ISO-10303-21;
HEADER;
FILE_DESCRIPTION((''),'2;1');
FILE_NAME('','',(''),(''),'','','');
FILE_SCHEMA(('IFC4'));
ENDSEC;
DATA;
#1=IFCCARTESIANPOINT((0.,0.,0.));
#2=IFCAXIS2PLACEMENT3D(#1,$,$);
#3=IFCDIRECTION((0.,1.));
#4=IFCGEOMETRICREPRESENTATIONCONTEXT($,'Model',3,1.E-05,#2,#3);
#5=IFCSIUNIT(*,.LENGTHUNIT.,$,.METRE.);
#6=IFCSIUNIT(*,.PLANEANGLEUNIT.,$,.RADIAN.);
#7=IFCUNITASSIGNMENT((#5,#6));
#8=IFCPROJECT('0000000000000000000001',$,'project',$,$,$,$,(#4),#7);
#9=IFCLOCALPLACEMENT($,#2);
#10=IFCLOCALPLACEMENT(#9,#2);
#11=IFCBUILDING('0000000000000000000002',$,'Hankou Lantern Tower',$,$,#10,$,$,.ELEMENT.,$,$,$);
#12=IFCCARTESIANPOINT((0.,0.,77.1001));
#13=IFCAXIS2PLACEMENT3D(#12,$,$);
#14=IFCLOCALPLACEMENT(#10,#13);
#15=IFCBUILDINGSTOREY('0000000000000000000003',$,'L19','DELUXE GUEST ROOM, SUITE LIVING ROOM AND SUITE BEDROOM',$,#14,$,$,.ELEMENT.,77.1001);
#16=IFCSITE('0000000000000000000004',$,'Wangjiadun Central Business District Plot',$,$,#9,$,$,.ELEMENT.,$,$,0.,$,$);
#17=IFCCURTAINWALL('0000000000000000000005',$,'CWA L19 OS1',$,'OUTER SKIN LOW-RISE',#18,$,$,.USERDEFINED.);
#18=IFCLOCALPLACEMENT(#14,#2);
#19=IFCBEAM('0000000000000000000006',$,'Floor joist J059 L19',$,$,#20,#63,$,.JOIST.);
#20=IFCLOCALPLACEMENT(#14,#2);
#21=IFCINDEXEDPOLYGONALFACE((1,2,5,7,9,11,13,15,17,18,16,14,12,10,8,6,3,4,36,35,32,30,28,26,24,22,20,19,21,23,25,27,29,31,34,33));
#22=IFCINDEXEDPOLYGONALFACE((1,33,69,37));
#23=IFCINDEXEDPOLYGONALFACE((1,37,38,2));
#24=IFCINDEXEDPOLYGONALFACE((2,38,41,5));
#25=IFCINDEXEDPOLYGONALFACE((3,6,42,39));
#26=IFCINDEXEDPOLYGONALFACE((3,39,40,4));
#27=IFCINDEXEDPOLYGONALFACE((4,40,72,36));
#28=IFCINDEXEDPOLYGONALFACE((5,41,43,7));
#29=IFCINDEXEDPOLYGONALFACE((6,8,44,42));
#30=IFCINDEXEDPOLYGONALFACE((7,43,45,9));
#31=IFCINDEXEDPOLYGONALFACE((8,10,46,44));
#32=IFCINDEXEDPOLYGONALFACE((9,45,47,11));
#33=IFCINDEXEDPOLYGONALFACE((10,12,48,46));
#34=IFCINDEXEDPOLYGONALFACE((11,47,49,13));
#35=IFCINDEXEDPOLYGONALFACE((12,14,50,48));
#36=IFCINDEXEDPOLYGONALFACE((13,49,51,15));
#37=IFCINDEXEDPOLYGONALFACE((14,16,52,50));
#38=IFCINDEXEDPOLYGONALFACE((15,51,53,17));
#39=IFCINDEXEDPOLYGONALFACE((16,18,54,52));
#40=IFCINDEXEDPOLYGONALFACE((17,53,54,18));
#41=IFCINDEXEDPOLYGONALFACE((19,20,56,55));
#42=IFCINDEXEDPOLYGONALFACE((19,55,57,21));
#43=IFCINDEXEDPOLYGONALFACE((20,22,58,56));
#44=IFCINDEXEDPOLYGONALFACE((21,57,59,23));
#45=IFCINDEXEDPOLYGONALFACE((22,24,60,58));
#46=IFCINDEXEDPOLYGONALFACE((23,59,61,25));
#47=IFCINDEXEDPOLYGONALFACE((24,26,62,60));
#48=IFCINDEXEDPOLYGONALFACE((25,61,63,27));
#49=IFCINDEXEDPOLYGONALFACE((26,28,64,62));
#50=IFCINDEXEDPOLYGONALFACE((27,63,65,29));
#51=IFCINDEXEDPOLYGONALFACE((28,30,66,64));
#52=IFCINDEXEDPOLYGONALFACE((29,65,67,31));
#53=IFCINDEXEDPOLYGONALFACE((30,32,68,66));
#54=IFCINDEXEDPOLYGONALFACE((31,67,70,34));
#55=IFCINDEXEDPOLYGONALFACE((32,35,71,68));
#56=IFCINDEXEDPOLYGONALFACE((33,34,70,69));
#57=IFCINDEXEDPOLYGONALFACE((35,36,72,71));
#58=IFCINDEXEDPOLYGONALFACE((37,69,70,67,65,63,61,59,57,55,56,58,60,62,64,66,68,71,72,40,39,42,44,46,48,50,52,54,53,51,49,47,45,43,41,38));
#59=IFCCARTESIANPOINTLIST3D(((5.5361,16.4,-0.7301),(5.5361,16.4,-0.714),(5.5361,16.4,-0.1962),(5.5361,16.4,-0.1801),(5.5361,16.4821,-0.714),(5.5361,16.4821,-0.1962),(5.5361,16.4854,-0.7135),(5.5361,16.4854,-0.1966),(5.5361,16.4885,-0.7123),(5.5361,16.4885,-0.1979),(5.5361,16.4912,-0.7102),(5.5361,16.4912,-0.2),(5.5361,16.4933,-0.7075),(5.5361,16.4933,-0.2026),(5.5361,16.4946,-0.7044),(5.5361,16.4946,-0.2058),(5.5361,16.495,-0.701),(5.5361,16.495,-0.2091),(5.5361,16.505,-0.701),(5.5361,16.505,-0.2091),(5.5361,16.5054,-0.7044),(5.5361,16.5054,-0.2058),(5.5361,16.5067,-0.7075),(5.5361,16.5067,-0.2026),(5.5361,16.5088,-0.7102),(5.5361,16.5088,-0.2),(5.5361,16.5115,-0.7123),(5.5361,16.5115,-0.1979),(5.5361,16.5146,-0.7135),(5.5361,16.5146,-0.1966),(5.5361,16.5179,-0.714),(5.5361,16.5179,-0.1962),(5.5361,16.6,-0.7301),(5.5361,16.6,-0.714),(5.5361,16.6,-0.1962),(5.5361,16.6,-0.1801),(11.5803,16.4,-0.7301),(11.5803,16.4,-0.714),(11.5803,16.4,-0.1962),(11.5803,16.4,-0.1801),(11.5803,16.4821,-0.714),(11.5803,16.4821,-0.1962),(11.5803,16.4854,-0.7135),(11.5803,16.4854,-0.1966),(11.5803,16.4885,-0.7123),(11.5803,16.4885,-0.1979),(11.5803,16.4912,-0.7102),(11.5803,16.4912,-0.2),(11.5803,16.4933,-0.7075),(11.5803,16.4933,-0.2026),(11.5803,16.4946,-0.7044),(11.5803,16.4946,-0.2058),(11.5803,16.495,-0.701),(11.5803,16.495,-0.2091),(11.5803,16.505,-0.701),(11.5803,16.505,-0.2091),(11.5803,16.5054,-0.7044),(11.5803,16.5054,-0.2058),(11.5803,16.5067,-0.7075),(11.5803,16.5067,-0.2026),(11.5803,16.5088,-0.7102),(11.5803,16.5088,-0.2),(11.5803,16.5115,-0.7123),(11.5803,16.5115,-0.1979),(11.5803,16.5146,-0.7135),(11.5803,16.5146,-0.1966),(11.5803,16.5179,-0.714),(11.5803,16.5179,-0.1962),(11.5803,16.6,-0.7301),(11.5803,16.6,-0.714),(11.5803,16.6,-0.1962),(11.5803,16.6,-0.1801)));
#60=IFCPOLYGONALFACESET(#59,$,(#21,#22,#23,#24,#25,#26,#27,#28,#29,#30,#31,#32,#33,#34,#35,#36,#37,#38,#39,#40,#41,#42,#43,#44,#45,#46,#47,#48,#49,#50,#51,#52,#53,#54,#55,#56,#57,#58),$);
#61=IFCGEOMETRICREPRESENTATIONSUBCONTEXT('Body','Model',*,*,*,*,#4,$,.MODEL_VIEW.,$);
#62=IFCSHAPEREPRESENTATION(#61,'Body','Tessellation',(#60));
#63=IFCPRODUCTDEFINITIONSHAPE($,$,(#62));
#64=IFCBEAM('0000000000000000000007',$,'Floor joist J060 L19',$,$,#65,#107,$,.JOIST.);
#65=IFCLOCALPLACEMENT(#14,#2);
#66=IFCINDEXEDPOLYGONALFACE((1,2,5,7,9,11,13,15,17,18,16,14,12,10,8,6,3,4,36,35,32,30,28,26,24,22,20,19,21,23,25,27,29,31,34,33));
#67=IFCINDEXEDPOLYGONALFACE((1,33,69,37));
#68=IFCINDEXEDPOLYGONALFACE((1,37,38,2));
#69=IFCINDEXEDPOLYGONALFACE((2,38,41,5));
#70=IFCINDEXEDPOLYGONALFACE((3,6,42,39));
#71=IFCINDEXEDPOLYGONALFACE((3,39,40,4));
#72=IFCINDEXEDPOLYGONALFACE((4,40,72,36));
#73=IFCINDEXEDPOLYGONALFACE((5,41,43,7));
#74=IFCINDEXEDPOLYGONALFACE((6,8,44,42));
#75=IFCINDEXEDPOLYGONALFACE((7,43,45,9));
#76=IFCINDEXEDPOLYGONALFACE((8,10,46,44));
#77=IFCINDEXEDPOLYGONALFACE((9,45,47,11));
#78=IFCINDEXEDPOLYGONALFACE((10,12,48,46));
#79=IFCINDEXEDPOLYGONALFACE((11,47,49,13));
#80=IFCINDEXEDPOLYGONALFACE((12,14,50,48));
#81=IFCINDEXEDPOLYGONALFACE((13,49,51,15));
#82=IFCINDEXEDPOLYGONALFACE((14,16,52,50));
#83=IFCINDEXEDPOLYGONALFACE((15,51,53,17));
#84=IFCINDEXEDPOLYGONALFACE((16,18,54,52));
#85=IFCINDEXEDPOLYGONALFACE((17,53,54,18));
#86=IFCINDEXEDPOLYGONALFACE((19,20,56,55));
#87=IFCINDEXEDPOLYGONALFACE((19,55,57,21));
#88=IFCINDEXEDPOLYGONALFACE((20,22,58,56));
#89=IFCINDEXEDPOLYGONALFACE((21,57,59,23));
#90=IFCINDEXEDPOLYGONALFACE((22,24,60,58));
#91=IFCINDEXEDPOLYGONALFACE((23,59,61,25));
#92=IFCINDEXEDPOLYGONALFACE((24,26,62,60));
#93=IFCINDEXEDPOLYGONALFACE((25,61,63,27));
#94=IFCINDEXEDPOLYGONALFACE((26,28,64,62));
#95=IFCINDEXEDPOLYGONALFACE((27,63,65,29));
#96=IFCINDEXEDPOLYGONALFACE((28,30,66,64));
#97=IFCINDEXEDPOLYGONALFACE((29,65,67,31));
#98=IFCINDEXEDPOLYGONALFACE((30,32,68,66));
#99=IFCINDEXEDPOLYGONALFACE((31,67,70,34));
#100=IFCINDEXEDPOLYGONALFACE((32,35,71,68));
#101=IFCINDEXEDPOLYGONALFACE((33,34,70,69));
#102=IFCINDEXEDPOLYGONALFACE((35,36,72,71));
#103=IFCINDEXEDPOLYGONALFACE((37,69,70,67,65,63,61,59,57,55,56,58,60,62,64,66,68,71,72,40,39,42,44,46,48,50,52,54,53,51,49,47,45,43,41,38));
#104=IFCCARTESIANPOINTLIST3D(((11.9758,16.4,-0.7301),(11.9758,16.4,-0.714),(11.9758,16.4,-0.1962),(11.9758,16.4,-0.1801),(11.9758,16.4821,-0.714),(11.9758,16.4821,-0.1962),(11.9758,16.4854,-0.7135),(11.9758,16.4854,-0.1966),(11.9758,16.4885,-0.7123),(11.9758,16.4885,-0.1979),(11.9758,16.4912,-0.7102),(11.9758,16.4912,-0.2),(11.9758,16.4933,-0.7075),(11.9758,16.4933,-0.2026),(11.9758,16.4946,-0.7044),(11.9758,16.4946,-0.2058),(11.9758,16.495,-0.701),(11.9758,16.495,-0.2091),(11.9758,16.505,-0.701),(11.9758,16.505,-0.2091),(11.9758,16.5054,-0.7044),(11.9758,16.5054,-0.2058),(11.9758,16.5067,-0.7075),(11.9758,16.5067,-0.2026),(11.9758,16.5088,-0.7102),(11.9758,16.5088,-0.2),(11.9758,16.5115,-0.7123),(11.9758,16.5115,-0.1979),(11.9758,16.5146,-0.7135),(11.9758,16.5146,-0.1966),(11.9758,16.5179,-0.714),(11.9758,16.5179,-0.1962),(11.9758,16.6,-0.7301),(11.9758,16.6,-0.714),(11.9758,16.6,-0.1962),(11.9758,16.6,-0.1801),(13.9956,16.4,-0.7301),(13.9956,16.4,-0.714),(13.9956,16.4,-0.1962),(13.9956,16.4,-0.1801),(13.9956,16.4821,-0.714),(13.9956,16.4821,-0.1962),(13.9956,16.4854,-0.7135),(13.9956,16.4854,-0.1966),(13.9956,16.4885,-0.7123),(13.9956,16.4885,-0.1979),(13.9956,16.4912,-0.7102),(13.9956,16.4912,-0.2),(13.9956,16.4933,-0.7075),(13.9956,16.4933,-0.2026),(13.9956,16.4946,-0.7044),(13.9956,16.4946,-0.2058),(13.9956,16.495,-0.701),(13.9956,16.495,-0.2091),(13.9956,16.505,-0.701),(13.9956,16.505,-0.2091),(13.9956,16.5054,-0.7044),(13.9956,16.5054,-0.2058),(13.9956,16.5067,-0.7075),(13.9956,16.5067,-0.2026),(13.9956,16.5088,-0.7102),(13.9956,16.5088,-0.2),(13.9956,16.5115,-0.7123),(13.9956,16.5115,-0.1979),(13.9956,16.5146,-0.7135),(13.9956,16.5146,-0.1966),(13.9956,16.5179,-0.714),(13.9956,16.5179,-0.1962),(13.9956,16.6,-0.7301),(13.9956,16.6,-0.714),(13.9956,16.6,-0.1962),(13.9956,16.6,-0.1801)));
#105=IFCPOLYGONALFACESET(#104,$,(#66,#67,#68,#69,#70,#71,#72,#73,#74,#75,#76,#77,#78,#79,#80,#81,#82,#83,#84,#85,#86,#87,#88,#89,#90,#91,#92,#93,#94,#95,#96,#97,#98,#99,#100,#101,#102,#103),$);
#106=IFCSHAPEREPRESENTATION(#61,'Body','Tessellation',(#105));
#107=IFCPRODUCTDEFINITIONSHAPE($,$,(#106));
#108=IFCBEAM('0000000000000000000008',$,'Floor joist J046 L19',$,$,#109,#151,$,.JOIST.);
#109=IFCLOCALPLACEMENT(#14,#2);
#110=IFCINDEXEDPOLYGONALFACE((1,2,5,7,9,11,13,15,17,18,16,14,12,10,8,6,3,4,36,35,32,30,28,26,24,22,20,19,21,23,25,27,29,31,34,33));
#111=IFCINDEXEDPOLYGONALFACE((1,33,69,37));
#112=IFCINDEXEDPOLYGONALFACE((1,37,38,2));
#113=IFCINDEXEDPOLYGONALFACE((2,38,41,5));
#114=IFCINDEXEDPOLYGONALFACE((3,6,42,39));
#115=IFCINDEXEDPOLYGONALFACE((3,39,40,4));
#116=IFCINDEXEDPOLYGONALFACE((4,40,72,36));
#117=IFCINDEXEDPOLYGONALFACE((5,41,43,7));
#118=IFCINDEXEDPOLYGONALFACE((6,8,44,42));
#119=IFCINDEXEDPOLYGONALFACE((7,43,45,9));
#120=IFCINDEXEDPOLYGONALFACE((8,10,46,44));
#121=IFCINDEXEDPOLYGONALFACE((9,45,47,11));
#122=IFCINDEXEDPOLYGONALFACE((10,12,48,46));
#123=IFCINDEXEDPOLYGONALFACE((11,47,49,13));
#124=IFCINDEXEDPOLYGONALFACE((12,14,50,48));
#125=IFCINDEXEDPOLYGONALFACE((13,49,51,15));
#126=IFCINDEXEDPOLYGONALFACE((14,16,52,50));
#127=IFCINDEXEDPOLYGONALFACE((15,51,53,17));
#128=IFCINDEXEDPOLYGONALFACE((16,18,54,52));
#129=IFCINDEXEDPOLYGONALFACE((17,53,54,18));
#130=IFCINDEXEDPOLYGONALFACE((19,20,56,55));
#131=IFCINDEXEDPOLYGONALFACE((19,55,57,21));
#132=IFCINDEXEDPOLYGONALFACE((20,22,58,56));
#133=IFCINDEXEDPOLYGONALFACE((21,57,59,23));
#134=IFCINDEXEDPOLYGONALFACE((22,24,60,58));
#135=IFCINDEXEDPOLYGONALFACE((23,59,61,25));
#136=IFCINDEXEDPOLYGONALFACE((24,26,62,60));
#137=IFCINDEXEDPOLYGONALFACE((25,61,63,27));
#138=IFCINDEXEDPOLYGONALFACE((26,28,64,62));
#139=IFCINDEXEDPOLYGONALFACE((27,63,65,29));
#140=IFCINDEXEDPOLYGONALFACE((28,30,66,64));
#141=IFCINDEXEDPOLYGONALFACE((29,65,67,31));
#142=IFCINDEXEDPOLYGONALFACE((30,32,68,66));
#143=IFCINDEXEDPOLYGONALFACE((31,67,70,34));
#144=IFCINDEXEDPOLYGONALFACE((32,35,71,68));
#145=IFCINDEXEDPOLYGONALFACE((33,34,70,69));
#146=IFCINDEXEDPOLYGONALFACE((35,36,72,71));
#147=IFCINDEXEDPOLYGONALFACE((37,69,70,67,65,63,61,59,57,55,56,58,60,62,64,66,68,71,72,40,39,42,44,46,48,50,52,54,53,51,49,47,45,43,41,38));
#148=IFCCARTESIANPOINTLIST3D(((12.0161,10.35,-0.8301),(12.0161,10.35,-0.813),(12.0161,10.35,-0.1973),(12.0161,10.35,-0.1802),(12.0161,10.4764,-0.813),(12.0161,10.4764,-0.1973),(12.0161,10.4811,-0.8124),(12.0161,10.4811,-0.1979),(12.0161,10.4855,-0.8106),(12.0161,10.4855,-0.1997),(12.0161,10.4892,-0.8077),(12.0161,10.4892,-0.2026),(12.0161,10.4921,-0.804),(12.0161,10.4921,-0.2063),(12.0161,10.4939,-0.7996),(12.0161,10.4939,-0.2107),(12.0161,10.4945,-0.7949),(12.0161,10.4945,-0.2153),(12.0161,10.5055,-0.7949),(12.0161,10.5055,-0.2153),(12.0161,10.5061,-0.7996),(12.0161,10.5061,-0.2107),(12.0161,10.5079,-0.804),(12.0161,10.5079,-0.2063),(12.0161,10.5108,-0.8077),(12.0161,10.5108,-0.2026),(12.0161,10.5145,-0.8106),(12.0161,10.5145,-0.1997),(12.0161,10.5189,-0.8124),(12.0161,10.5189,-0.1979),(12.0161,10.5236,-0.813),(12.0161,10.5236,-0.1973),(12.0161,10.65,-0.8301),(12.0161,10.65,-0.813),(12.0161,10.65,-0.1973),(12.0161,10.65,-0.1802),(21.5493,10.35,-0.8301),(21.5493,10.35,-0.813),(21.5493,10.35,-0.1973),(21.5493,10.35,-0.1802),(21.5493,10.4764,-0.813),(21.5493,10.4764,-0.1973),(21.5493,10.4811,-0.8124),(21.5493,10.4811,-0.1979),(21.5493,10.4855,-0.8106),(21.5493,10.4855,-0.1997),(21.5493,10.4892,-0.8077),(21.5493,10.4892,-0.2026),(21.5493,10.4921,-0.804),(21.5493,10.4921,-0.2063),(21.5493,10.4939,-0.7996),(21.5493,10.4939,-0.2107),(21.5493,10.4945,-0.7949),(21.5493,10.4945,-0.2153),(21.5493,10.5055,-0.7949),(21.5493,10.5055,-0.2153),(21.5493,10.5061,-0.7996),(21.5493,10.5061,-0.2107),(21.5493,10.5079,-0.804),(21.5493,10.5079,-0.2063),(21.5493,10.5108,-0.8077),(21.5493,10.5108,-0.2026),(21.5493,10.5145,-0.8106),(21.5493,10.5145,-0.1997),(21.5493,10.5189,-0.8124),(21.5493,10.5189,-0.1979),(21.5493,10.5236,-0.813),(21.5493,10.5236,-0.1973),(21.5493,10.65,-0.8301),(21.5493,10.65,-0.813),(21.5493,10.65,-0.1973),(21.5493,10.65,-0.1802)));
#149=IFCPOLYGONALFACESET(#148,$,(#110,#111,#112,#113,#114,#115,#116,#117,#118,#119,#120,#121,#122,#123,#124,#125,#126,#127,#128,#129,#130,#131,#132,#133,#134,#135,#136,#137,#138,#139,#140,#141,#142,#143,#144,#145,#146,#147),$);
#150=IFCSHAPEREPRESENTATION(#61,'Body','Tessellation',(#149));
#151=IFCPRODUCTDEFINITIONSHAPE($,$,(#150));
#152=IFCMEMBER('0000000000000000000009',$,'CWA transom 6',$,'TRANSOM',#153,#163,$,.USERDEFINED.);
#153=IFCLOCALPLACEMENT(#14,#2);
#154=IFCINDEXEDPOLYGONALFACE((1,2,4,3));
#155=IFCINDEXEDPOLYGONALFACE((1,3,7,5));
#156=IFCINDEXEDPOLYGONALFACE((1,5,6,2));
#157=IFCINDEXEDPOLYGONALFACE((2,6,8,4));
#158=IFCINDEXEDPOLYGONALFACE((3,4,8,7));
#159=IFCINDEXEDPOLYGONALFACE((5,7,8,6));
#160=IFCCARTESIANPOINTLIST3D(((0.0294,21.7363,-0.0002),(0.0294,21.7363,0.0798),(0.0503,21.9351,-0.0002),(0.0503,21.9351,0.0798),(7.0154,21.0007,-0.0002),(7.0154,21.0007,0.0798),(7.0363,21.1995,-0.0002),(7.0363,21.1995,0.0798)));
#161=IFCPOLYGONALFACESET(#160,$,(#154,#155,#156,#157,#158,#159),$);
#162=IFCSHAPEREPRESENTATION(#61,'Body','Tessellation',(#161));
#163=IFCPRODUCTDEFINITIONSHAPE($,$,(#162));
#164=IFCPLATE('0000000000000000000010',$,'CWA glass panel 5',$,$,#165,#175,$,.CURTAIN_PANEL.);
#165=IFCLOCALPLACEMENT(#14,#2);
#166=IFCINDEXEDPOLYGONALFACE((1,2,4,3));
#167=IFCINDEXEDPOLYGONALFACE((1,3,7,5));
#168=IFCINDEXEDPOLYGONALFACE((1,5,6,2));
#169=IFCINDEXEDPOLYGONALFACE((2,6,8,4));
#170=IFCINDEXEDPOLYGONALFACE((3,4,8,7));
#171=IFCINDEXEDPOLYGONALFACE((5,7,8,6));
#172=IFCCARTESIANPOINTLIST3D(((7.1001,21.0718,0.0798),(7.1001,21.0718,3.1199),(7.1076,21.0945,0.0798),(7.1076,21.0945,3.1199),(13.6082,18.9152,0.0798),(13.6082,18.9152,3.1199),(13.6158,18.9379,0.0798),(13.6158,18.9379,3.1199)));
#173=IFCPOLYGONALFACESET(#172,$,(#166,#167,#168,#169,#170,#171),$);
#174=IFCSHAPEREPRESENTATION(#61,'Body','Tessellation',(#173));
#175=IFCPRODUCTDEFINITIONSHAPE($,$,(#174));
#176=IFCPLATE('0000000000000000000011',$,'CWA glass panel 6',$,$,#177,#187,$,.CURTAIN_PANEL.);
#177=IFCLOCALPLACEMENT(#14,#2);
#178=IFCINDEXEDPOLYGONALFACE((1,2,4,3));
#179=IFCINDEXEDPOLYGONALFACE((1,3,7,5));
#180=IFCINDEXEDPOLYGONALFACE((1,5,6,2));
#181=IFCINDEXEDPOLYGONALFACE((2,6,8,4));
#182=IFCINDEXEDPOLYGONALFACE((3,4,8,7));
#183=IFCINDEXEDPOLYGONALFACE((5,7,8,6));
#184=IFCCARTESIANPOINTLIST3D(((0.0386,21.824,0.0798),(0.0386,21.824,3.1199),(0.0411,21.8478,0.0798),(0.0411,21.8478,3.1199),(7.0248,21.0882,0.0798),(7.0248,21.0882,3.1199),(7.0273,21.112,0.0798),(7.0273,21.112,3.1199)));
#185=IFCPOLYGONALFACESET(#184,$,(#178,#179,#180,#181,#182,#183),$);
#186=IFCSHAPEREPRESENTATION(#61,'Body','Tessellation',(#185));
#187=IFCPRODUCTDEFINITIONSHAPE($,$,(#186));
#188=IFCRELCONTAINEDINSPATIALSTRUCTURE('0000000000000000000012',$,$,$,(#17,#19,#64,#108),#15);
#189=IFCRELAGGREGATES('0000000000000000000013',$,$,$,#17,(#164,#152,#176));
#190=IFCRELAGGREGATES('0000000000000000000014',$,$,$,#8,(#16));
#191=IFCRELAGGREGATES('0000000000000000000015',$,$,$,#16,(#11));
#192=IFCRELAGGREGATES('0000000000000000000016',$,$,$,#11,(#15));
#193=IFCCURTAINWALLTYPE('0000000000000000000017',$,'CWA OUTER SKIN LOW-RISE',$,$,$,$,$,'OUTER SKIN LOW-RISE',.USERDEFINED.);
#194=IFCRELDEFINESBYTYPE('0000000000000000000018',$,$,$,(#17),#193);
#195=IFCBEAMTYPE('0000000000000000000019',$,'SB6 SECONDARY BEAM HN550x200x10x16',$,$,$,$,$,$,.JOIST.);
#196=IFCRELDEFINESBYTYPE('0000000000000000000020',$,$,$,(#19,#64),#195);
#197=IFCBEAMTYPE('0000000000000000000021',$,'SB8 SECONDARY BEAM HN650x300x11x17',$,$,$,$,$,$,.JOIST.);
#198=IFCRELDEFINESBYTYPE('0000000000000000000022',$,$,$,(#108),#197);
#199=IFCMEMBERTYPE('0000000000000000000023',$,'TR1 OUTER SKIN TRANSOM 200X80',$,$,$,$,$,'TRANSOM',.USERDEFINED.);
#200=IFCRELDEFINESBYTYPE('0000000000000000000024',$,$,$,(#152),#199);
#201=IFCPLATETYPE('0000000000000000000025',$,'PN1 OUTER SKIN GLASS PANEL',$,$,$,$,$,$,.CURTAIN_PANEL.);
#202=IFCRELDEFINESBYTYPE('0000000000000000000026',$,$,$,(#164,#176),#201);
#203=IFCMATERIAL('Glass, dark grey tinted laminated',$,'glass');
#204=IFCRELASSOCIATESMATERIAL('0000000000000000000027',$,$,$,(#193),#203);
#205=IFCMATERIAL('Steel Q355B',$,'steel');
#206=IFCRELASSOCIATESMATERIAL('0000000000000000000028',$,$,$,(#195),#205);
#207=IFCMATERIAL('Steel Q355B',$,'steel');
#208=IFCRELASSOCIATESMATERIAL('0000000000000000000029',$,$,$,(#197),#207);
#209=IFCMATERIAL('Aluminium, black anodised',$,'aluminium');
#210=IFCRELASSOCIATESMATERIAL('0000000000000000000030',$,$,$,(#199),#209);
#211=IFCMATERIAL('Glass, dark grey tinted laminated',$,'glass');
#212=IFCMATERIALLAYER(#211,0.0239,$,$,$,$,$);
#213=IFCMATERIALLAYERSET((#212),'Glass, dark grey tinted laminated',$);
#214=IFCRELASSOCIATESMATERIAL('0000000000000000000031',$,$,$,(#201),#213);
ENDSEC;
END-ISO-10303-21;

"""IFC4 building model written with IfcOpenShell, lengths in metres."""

from ifc_helpers import new_model, si_unit, direction, frame, origin, origin_2d, place, context, subcontext, project, spatial, rectangle, i_section, extrude, material, layer, layer_set, material_profile, profile_set, type_object, element, aggregate, save


model = new_model("IFC4")

# Units and contexts
model_context = context("Model", 3, precision=1e-05, world=origin(), true_north=direction((0.0, 1.0)))
body_context = subcontext(model_context, "Body", "Model", "MODEL_VIEW")
ifc_project = project(units=[si_unit("LENGTHUNIT", "METRE"), si_unit("PLANEANGLEUNIT", "RADIAN")], contexts=[model_context])

# Site, building, storey
site_placement = place(None, origin())
site = spatial("IfcSite", under=ifc_project, at=site_placement, Name="Wangjiadun Central Business District Plot", CompositionType="ELEMENT", RefElevation=0.0)
building_placement = place(site_placement, origin())
building = spatial("IfcBuilding", under=site, at=building_placement, Name="Hankou Lantern Tower", CompositionType="ELEMENT")
storey_placement = place(building_placement, frame((0.0, 0.0, 77.1001)))
storey = spatial("IfcBuildingStorey", under=building, at=storey_placement, Name="L19", Description="DELUXE GUEST ROOM, SUITE LIVING ROOM AND SUITE BEDROOM", CompositionType="ELEMENT", Elevation=77.1001)

# Curtain wall
ifc_material_1 = material(Name="Glass, dark grey tinted laminated", Category="glass")
curtain_wall_type = type_object("IfcCurtainWallType", Name="CWA OUTER SKIN LOW-RISE", ElementType="OUTER SKIN LOW-RISE", PredefinedType="USERDEFINED", material=ifc_material_1)
curtain_wall_1_placement = place(storey_placement, origin())
curtain_wall_1 = element("IfcCurtainWall", 1, at=curtain_wall_1_placement, inside=storey, type_object=curtain_wall_type, Name="CWA L19 OS1", ObjectType="OUTER SKIN LOW-RISE", PredefinedType="USERDEFINED")

# Beams
ifc_material_2 = material(Name="Steel Q355B", Category="steel")
ifc_material_profile_1 = material_profile(ifc_material_2, i_section(OverallWidth=0.2, OverallDepth=0.55, WebThickness=0.01, FlangeThickness=0.0161, FilletRadius=0.0129, at=origin_2d()), Name="HN550x200x10x16")
ifc_profile_set_1 = profile_set([ifc_material_profile_1], Name="Steel Q355B")
beam_type_1 = type_object("IfcBeamType", Name="SB6 SECONDARY BEAM HN550x200x10x16", PredefinedType="JOIST", material=ifc_profile_set_1)
beam_1_placement = place(storey_placement, frame((5.5361, 16.5, -0.4551), z_axis=(1.0, 0.0, 0.0), x_axis=(0.0, 1.0, 0.0)))
element("IfcBeam", 2, at=beam_1_placement, inside=storey, type_object=beam_type_1, Name="Floor joist J059 L19", PredefinedType="JOIST", context=body_context, shape_type="SweptSolid", body=[
    extrude(i_section(OverallWidth=0.2, OverallDepth=0.55, WebThickness=0.01, FlangeThickness=0.0161, FilletRadius=0.0129, at=origin_2d()), origin(), (0.0, 0.0, 1.0), 6.0442),
])
beam_2_placement = place(storey_placement, frame((11.9758, 16.5, -0.4551), z_axis=(1.0, 0.0, 0.0), x_axis=(0.0, 1.0, 0.0)))
element("IfcBeam", 3, at=beam_2_placement, inside=storey, type_object=beam_type_1, Name="Floor joist J060 L19", PredefinedType="JOIST", context=body_context, shape_type="SweptSolid", body=[
    extrude(i_section(OverallWidth=0.2, OverallDepth=0.55, WebThickness=0.01, FlangeThickness=0.0161, FilletRadius=0.0129, at=origin_2d()), origin(), (0.0, 0.0, 1.0), 2.0198),
])
ifc_material_3 = material(Name="Steel Q355B", Category="steel")
ifc_material_profile_2 = material_profile(ifc_material_3, i_section(OverallWidth=0.3, OverallDepth=0.6499, WebThickness=0.011, FlangeThickness=0.0171, FilletRadius=0.0181, at=origin_2d()), Name="HN650x300x11x17")
ifc_profile_set_2 = profile_set([ifc_material_profile_2], Name="Steel Q355B")
beam_type_2 = type_object("IfcBeamType", Name="SB8 SECONDARY BEAM HN650x300x11x17", PredefinedType="JOIST", material=ifc_profile_set_2)
beam_3_placement = place(storey_placement, frame((12.0161, 10.5, -0.5051), z_axis=(1.0, 0.0, 0.0), x_axis=(0.0, 1.0, 0.0)))
element("IfcBeam", 4, at=beam_3_placement, inside=storey, type_object=beam_type_2, Name="Floor joist J046 L19", PredefinedType="JOIST", context=body_context, shape_type="SweptSolid", body=[
    extrude(i_section(OverallWidth=0.3, OverallDepth=0.6499, WebThickness=0.011, FlangeThickness=0.0171, FilletRadius=0.0181, at=origin_2d()), origin(), (0.0, 0.0, 1.0), 9.5332),
])

# Member
ifc_material_4 = material(Name="Aluminium, black anodised", Category="aluminium")
ifc_material_profile_3 = material_profile(ifc_material_4, rectangle(XDim=0.2, YDim=0.0801, at=origin_2d()), Name="TR1 200X80")
ifc_profile_set_3 = profile_set([ifc_material_profile_3], Name="Aluminium, black anodised")
member_type_1 = type_object("IfcMemberType", Name="TR1 OUTER SKIN TRANSOM 200X80", ElementType="TRANSOM", PredefinedType="USERDEFINED", material=ifc_profile_set_3)
member_1_placement = place(storey_placement, frame((7.0259, 21.1001, 0.0398), z_axis=(-0.994502, 0.104716, 0.0), x_axis=(-0.104716, -0.994502, 0.0)))
member_1 = element("IfcMember", 5, at=member_1_placement, type_object=member_type_1, Name="CWA transom 6", ObjectType="TRANSOM", PredefinedType="USERDEFINED", context=body_context, shape_type="SweptSolid", body=[
    extrude(rectangle(XDim=0.2, YDim=0.0801, at=origin_2d()), origin(), (0.0, 0.0, 1.0), 7.0247),
])

# Plates
ifc_material_5 = material(Name="Glass, dark grey tinted laminated", Category="glass")
ifc_layer_1 = layer(ifc_material_5, 0.0239)
ifc_layer_set_1 = layer_set([ifc_layer_1], Name="Glass, dark grey tinted laminated")
plate_type = type_object("IfcPlateType", Name="PN1 OUTER SKIN GLASS PANEL", PredefinedType="CURTAIN_PANEL", material=ifc_layer_set_1)
plate_1_placement = place(storey_placement, frame((10.3579, 20.0049, 0.0798), z_axis=(0.0, 0.0, 1.0), x_axis=(-0.949241, 0.314551, 0.0)))
plate_1 = element("IfcPlate", 6, at=plate_1_placement, type_object=plate_type, Name="CWA glass panel 5", PredefinedType="CURTAIN_PANEL", context=body_context, shape_type="SweptSolid", body=[
    extrude(rectangle(XDim=6.8562, YDim=0.0239, at=origin_2d()), origin(), (0.0, 0.0, 1.0), 3.04),
])
plate_2_placement = place(storey_placement, frame((3.533, 21.468, 0.0798), z_axis=(0.0, 0.0, 1.0), x_axis=(-0.994499, 0.104743, 0.0)))
plate_2 = element("IfcPlate", 7, at=plate_2_placement, type_object=plate_type, Name="CWA glass panel 6", PredefinedType="CURTAIN_PANEL", context=body_context, shape_type="SweptSolid", body=[
    extrude(rectangle(XDim=7.0249, YDim=0.0239, at=origin_2d()), origin(), (0.0, 0.0, 1.0), 3.04),
])
aggregate(curtain_wall_1, [plate_1, member_1, plate_2])

save(model, "model.ifc")
